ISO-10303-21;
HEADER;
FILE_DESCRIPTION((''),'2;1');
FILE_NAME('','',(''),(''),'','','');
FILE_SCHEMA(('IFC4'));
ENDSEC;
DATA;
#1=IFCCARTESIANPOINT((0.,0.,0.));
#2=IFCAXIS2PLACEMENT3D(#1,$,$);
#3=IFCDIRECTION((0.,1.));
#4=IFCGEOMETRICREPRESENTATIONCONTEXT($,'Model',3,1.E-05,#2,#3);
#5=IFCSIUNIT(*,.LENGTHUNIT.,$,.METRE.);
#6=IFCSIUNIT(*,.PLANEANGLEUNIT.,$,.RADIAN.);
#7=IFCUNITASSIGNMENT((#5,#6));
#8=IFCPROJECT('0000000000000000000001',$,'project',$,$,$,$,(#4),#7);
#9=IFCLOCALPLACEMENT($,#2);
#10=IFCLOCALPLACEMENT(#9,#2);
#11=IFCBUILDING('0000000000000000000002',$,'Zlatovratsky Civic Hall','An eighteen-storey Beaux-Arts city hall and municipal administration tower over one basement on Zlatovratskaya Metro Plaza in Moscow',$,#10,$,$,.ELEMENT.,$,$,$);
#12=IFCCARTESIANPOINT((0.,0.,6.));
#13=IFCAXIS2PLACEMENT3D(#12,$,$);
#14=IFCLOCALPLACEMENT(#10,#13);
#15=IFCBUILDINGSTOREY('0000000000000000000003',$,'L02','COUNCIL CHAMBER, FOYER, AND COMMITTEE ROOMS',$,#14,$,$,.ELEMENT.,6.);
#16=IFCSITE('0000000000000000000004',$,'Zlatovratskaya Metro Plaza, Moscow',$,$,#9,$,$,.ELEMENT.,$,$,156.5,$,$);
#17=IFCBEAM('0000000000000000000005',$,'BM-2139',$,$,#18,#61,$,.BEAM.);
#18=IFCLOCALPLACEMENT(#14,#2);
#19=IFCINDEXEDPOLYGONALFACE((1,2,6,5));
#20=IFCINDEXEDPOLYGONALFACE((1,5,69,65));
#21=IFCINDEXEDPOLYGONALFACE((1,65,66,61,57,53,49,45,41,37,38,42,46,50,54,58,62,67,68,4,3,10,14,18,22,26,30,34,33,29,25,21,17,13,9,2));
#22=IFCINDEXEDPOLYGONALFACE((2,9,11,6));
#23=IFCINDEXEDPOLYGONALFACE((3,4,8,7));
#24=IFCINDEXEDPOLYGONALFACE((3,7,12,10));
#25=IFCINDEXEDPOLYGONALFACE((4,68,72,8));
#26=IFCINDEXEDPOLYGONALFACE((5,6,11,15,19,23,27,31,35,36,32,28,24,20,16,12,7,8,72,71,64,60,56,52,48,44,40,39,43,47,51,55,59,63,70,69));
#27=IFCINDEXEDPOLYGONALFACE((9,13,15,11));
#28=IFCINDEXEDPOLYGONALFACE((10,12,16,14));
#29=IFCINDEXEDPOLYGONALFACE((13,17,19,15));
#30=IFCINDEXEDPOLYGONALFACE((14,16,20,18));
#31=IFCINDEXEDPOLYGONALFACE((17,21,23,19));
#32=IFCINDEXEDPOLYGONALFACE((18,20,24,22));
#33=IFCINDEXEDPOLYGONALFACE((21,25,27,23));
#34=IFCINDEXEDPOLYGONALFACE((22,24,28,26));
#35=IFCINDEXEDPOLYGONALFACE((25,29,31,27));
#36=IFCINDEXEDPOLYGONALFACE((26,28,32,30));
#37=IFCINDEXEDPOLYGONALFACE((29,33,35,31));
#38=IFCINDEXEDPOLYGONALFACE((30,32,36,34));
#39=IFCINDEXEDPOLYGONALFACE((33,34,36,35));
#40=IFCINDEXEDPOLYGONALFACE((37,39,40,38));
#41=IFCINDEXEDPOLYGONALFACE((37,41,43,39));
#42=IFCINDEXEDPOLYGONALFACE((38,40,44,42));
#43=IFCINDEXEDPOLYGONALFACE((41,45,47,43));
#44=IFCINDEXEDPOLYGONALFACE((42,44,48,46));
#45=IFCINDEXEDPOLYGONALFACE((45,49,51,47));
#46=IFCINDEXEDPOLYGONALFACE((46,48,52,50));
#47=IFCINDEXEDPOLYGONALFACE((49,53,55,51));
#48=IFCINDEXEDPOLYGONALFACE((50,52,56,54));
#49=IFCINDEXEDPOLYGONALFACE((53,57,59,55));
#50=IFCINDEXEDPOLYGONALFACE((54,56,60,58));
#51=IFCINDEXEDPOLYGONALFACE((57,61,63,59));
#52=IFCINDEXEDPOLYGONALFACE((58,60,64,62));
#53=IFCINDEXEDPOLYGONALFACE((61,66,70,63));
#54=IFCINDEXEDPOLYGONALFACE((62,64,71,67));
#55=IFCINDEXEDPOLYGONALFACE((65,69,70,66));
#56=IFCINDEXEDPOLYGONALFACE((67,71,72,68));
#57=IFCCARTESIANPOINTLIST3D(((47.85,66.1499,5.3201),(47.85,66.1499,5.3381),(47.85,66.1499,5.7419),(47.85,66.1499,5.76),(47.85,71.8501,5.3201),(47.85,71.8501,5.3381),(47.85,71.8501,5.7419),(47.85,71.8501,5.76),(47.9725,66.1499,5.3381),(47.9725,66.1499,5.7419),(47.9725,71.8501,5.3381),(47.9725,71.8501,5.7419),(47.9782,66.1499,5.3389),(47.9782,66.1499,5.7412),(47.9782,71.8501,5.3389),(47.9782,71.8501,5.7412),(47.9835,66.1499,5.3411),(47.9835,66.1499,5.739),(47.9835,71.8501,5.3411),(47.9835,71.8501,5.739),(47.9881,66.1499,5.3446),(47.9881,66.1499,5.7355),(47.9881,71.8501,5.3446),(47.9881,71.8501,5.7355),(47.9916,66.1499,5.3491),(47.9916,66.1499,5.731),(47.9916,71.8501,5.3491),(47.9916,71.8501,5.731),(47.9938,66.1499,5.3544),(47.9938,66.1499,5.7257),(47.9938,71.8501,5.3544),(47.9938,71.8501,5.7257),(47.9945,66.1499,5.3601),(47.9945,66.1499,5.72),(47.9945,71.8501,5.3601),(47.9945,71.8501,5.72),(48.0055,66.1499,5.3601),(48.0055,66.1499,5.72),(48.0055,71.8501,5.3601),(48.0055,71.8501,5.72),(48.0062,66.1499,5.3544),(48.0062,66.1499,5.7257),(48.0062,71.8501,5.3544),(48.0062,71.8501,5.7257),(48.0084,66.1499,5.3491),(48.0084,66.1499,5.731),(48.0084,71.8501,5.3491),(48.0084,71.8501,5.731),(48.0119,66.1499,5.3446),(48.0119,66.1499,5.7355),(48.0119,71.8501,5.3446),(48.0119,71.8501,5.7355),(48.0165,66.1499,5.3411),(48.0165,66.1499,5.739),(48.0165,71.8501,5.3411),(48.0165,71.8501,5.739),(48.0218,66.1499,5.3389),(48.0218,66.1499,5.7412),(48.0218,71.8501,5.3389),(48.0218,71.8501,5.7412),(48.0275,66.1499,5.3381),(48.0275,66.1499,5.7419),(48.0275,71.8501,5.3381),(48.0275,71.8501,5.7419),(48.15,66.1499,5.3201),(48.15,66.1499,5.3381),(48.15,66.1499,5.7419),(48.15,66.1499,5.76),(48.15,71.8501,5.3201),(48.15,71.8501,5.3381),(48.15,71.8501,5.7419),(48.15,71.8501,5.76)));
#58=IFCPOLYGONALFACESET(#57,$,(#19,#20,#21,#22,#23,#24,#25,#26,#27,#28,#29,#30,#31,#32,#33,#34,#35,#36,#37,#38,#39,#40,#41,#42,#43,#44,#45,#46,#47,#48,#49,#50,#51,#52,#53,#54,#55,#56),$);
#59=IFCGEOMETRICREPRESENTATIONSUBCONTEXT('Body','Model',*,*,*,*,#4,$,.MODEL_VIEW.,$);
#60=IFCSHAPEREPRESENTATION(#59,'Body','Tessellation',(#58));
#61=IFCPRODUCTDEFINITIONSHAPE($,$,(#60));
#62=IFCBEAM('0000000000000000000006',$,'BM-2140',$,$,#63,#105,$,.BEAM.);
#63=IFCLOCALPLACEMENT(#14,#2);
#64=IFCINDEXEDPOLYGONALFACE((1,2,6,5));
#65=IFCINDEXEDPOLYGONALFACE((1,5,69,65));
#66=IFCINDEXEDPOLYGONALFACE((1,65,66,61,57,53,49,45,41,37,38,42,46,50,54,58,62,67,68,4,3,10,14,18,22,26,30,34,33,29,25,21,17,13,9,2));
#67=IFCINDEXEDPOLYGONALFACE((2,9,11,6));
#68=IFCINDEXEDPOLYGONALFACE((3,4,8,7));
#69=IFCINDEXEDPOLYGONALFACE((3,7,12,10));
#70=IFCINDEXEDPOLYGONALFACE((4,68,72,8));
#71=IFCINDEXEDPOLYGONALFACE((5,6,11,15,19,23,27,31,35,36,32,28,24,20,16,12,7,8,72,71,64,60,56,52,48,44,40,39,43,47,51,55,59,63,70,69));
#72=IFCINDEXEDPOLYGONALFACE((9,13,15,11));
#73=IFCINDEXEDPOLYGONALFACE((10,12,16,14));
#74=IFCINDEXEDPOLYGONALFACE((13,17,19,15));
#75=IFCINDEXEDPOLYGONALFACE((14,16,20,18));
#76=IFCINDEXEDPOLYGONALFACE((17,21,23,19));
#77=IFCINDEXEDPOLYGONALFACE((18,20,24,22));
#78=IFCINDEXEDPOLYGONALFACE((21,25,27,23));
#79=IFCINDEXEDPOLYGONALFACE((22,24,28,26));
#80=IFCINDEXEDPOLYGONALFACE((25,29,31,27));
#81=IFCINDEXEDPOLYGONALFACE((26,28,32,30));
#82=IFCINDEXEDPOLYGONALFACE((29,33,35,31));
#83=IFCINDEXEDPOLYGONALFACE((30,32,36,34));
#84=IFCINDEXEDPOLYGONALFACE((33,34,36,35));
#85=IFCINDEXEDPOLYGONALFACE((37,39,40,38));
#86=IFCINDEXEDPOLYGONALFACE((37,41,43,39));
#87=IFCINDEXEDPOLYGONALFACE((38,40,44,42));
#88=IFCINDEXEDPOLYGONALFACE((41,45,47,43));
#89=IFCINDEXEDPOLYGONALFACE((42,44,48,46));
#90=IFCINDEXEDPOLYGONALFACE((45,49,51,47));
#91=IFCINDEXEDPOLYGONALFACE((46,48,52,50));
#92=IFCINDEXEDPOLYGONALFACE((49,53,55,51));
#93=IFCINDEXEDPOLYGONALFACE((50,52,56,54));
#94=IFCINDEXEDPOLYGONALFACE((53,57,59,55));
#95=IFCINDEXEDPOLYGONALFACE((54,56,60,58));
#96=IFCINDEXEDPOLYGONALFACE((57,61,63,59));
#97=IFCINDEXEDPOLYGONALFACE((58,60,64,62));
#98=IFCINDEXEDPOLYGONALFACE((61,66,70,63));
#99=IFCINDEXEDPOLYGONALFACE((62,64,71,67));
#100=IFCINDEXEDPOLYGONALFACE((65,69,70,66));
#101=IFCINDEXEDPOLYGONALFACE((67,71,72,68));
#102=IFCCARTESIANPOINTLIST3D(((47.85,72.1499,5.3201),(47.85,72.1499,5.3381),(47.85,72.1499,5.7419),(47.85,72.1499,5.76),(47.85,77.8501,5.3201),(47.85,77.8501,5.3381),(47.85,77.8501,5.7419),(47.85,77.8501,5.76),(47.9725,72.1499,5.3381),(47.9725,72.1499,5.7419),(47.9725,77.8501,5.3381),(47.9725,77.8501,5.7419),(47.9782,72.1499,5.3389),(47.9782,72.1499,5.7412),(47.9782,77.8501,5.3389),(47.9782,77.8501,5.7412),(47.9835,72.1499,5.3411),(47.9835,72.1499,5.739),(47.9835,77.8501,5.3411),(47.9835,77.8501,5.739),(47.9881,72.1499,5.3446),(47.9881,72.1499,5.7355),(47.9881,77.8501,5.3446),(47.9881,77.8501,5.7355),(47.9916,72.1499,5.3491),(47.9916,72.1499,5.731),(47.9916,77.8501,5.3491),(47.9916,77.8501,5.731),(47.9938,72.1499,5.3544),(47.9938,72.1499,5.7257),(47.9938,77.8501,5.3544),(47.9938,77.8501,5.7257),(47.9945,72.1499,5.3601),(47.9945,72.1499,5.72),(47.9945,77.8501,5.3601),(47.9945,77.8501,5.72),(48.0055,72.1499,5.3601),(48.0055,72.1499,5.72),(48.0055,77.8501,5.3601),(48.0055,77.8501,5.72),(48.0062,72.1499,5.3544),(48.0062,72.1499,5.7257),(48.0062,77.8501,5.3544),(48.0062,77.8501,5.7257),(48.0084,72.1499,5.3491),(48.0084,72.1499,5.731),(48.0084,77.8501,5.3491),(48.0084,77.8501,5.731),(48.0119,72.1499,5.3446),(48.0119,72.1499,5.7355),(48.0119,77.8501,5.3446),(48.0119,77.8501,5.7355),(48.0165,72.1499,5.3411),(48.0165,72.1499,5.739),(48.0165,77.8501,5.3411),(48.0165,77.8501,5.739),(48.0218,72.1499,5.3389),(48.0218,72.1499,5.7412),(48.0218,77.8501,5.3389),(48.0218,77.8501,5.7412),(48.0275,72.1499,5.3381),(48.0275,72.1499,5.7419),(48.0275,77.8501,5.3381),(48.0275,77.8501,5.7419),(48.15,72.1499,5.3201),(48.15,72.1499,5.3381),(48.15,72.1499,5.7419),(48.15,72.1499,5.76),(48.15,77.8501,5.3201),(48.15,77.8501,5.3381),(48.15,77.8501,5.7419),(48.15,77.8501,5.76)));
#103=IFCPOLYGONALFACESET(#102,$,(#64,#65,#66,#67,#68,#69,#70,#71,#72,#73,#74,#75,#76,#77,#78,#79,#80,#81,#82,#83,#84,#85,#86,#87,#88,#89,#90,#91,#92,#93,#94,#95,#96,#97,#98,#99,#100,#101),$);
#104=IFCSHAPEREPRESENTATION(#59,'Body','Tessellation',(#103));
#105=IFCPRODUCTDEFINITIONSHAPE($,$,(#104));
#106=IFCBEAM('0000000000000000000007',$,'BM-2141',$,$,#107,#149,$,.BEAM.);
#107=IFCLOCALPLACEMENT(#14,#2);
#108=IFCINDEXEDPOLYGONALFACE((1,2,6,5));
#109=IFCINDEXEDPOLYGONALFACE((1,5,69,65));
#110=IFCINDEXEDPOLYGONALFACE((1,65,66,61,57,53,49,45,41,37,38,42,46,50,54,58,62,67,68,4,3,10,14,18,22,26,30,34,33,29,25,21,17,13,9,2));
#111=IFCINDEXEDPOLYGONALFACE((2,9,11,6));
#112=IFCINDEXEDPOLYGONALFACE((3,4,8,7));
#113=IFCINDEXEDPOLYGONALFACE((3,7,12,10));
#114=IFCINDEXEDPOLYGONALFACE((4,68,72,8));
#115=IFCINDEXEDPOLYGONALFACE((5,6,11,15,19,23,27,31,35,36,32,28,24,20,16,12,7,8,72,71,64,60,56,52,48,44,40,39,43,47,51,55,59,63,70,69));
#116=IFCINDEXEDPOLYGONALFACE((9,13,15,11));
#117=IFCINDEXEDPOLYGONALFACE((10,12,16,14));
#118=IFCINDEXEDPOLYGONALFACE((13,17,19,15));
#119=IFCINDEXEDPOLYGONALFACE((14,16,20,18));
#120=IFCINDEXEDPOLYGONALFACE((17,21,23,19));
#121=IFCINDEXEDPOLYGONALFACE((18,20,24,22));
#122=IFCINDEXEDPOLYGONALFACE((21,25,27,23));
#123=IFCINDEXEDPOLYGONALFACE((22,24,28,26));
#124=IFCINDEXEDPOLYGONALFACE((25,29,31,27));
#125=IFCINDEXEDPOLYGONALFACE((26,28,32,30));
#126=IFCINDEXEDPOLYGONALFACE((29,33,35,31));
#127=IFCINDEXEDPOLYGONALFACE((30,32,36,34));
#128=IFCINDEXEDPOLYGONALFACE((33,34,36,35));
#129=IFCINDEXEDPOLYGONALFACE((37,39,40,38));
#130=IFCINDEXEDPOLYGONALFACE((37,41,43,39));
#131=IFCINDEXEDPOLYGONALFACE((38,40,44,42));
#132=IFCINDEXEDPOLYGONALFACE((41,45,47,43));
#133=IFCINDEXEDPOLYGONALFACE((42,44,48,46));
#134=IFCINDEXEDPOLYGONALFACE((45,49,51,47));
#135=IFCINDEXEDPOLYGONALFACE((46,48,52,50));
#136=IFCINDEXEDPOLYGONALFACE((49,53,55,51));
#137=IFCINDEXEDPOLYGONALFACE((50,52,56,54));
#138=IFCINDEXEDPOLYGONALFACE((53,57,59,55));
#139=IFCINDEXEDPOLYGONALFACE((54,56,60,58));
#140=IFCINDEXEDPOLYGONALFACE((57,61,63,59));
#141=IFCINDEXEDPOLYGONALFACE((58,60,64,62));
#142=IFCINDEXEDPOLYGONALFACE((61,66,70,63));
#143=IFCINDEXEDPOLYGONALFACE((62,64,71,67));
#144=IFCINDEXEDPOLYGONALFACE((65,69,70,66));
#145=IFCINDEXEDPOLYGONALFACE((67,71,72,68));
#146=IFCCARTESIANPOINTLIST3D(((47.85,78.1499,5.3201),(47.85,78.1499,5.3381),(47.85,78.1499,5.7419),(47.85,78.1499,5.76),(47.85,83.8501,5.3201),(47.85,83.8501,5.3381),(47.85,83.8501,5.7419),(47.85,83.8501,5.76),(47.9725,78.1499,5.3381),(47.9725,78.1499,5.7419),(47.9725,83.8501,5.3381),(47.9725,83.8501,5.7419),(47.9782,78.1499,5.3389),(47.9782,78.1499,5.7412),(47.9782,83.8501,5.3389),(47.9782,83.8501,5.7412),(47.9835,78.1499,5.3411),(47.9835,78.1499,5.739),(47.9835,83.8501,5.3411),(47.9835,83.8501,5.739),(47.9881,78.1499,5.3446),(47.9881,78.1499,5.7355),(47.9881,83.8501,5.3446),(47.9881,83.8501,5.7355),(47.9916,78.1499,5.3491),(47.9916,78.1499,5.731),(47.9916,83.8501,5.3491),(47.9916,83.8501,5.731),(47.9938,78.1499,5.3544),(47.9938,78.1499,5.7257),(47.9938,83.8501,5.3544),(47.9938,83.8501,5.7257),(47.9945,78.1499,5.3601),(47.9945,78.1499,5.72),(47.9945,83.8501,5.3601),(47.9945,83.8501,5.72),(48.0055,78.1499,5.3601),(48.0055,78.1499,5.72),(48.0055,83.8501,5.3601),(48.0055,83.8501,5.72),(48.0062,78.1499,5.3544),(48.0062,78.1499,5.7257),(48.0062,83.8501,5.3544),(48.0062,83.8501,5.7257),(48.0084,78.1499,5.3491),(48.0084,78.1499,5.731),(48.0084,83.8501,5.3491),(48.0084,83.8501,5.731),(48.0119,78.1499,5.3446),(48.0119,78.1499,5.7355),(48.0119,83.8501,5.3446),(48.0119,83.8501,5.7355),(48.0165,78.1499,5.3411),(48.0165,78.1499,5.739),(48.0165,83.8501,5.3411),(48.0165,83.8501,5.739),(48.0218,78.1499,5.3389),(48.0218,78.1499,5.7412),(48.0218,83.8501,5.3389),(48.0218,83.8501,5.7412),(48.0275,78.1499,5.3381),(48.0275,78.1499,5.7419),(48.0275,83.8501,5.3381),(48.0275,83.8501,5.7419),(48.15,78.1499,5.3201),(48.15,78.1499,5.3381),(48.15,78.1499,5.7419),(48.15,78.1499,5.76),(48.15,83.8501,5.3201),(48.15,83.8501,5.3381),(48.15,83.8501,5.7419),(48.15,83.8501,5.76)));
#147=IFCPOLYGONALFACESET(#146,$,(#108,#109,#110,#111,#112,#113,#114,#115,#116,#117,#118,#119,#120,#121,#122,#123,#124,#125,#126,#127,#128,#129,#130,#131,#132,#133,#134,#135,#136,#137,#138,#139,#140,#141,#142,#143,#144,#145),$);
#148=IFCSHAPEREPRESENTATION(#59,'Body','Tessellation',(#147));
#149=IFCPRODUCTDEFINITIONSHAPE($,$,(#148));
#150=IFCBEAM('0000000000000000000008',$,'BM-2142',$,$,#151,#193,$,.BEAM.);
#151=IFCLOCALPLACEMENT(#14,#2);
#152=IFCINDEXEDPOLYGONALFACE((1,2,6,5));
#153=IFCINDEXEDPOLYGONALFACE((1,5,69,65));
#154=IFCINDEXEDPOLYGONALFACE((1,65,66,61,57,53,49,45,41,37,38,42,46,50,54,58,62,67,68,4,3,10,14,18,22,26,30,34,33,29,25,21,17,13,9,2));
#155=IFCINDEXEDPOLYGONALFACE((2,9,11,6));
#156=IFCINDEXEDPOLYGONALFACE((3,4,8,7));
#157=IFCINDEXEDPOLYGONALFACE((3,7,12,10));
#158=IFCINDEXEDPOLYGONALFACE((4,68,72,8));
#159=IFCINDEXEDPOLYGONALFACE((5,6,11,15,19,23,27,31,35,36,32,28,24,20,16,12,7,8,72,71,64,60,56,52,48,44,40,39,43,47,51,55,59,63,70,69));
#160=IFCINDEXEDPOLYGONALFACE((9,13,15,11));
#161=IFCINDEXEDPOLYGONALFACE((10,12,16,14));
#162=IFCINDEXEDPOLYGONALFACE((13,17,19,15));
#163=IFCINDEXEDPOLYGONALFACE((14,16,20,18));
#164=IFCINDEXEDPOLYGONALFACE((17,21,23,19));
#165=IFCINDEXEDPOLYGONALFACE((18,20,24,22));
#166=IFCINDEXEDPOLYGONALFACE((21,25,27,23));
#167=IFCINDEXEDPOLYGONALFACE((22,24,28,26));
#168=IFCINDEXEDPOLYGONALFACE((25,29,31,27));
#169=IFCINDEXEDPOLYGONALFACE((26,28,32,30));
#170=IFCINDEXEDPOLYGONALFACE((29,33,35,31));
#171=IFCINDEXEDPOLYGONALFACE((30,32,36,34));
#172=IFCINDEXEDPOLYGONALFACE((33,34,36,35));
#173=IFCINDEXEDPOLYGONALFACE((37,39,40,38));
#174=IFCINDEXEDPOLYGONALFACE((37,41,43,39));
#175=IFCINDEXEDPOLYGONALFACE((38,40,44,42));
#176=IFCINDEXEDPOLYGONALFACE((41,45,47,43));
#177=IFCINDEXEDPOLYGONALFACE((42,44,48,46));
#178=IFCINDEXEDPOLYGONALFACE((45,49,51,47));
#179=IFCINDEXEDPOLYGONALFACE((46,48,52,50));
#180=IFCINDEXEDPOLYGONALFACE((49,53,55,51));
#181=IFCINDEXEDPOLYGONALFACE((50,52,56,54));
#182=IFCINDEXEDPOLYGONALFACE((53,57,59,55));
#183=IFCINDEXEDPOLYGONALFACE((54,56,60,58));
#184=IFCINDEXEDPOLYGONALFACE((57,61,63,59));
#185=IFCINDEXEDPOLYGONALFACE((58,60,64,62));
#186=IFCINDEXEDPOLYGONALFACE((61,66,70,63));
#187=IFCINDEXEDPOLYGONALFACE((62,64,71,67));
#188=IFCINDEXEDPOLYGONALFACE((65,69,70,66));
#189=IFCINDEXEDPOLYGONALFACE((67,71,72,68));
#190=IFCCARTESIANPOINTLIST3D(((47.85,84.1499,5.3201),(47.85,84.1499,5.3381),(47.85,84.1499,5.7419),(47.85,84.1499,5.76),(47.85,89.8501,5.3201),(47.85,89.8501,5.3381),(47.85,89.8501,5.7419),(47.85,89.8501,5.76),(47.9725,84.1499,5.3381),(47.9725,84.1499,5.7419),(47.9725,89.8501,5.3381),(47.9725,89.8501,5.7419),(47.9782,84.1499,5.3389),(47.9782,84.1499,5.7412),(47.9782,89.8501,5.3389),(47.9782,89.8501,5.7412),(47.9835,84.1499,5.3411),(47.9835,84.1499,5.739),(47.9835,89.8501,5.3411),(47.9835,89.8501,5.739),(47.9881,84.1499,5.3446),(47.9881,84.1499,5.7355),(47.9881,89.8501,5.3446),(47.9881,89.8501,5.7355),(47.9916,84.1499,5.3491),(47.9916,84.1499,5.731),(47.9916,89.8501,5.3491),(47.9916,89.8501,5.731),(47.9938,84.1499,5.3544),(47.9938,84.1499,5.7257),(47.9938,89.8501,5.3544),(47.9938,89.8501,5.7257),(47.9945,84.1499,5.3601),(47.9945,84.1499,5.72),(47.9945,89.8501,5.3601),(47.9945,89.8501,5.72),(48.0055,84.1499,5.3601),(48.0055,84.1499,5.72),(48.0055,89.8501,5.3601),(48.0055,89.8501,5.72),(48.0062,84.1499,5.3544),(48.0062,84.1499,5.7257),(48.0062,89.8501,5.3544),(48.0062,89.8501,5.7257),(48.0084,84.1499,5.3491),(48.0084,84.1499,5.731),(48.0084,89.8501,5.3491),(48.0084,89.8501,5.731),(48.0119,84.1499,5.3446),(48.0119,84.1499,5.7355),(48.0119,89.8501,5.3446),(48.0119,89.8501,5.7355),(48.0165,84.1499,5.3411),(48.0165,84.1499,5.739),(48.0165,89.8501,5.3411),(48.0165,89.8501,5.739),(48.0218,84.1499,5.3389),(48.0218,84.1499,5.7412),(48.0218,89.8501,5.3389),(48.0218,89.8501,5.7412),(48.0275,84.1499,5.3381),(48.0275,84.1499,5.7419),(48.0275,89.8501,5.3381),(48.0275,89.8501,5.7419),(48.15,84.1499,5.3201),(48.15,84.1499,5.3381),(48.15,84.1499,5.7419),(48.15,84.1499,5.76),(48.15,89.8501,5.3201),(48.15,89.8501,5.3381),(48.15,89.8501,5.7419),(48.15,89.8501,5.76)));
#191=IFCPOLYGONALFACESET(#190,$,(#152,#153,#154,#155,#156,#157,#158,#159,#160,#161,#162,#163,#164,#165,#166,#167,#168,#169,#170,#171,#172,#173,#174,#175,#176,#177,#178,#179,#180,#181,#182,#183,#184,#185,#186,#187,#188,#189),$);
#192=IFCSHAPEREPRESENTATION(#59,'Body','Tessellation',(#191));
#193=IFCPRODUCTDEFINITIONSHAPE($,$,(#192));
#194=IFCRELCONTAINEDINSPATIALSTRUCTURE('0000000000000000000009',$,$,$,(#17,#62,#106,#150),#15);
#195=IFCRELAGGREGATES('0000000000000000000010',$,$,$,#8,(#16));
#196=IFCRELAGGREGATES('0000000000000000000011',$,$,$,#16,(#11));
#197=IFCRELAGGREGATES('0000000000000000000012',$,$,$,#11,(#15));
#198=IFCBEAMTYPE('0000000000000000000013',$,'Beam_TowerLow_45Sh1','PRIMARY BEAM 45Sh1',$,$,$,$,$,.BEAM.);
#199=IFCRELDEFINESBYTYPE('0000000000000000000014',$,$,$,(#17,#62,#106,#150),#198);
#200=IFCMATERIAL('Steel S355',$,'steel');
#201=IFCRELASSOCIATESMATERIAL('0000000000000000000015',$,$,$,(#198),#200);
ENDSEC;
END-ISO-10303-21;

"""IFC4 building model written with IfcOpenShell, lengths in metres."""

from ifc_helpers import new_model, si_unit, direction, frame, origin, origin_2d, place, context, subcontext, project, spatial, i_section, extrude, material, material_profile, profile_set, type_object, element, save


model = new_model("IFC4")

# Units and contexts
model_context = context("Model", 3, precision=1e-05, world=origin(), true_north=direction((0.0, 1.0)))
body_context = subcontext(model_context, "Body", "Model", "MODEL_VIEW")
ifc_project = project(units=[si_unit("LENGTHUNIT", "METRE"), si_unit("PLANEANGLEUNIT", "RADIAN")], contexts=[model_context])

# Site, building, storey
site_placement = place(None, origin())
site = spatial("IfcSite", under=ifc_project, at=site_placement, Name="Zlatovratskaya Metro Plaza, Moscow", CompositionType="ELEMENT", RefElevation=156.5)
building_placement = place(site_placement, origin())
building = spatial("IfcBuilding", under=site, at=building_placement, Name="Zlatovratsky Civic Hall", Description="An eighteen-storey Beaux-Arts city hall and municipal administration tower over one basement on Zlatovratskaya Metro Plaza in Moscow", CompositionType="ELEMENT")
storey_placement = place(building_placement, frame((0.0, 0.0, 6.0)))
storey = spatial("IfcBuildingStorey", under=building, at=storey_placement, Name="L02", Description="COUNCIL CHAMBER, FOYER, AND COMMITTEE ROOMS", CompositionType="ELEMENT", Elevation=6.0)

# Shared definitions
ifc_material_1 = material(Name="Steel S355", Category="steel")

# Beams
ifc_material_profile_1 = material_profile(ifc_material_1, i_section(OverallWidth=0.3, OverallDepth=0.4399, WebThickness=0.011, FlangeThickness=0.0181, FilletRadius=0.022, at=origin_2d()), Name="45Sh1")
ifc_profile_set_1 = profile_set([ifc_material_profile_1], Name="Steel S355")
beam_type_1 = type_object("IfcBeamType", Name="Beam_TowerLow_45Sh1", Description="PRIMARY BEAM 45Sh1", PredefinedType="BEAM", material=ifc_profile_set_1)
for number, where, z_axis, x_axis, name in (
    (1, (48.0, 66.1499, 5.54), (0.0, 1.0, 0.0), (-1.0, 0.0, 0.0), "BM-2139"),
    (2, (48.0, 72.1499, 5.54), (0.0, 1.0, 0.0), (-1.0, 0.0, 0.0), "BM-2140"),
    (3, (48.0, 78.1499, 5.54), (0.0, 1.0, 0.0), (-1.0, 0.0, 0.0), "BM-2141"),
    (4, (48.0, 84.1499, 5.54), (0.0, 1.0, 0.0), (-1.0, 0.0, 0.0), "BM-2142"),
):
    element("IfcBeam", number, at=place(storey_placement, frame(where, z_axis=z_axis, x_axis=x_axis)), inside=storey, type_object=beam_type_1, Name=name, PredefinedType="BEAM", context=body_context, shape_type="SweptSolid", body=[
        extrude(i_section(OverallWidth=0.3, OverallDepth=0.4399, WebThickness=0.011, FlangeThickness=0.0181, FilletRadius=0.022, at=origin_2d()), origin(), (0.0, 0.0, 1.0), 5.7002),
    ])

save(model, "model.ifc")
